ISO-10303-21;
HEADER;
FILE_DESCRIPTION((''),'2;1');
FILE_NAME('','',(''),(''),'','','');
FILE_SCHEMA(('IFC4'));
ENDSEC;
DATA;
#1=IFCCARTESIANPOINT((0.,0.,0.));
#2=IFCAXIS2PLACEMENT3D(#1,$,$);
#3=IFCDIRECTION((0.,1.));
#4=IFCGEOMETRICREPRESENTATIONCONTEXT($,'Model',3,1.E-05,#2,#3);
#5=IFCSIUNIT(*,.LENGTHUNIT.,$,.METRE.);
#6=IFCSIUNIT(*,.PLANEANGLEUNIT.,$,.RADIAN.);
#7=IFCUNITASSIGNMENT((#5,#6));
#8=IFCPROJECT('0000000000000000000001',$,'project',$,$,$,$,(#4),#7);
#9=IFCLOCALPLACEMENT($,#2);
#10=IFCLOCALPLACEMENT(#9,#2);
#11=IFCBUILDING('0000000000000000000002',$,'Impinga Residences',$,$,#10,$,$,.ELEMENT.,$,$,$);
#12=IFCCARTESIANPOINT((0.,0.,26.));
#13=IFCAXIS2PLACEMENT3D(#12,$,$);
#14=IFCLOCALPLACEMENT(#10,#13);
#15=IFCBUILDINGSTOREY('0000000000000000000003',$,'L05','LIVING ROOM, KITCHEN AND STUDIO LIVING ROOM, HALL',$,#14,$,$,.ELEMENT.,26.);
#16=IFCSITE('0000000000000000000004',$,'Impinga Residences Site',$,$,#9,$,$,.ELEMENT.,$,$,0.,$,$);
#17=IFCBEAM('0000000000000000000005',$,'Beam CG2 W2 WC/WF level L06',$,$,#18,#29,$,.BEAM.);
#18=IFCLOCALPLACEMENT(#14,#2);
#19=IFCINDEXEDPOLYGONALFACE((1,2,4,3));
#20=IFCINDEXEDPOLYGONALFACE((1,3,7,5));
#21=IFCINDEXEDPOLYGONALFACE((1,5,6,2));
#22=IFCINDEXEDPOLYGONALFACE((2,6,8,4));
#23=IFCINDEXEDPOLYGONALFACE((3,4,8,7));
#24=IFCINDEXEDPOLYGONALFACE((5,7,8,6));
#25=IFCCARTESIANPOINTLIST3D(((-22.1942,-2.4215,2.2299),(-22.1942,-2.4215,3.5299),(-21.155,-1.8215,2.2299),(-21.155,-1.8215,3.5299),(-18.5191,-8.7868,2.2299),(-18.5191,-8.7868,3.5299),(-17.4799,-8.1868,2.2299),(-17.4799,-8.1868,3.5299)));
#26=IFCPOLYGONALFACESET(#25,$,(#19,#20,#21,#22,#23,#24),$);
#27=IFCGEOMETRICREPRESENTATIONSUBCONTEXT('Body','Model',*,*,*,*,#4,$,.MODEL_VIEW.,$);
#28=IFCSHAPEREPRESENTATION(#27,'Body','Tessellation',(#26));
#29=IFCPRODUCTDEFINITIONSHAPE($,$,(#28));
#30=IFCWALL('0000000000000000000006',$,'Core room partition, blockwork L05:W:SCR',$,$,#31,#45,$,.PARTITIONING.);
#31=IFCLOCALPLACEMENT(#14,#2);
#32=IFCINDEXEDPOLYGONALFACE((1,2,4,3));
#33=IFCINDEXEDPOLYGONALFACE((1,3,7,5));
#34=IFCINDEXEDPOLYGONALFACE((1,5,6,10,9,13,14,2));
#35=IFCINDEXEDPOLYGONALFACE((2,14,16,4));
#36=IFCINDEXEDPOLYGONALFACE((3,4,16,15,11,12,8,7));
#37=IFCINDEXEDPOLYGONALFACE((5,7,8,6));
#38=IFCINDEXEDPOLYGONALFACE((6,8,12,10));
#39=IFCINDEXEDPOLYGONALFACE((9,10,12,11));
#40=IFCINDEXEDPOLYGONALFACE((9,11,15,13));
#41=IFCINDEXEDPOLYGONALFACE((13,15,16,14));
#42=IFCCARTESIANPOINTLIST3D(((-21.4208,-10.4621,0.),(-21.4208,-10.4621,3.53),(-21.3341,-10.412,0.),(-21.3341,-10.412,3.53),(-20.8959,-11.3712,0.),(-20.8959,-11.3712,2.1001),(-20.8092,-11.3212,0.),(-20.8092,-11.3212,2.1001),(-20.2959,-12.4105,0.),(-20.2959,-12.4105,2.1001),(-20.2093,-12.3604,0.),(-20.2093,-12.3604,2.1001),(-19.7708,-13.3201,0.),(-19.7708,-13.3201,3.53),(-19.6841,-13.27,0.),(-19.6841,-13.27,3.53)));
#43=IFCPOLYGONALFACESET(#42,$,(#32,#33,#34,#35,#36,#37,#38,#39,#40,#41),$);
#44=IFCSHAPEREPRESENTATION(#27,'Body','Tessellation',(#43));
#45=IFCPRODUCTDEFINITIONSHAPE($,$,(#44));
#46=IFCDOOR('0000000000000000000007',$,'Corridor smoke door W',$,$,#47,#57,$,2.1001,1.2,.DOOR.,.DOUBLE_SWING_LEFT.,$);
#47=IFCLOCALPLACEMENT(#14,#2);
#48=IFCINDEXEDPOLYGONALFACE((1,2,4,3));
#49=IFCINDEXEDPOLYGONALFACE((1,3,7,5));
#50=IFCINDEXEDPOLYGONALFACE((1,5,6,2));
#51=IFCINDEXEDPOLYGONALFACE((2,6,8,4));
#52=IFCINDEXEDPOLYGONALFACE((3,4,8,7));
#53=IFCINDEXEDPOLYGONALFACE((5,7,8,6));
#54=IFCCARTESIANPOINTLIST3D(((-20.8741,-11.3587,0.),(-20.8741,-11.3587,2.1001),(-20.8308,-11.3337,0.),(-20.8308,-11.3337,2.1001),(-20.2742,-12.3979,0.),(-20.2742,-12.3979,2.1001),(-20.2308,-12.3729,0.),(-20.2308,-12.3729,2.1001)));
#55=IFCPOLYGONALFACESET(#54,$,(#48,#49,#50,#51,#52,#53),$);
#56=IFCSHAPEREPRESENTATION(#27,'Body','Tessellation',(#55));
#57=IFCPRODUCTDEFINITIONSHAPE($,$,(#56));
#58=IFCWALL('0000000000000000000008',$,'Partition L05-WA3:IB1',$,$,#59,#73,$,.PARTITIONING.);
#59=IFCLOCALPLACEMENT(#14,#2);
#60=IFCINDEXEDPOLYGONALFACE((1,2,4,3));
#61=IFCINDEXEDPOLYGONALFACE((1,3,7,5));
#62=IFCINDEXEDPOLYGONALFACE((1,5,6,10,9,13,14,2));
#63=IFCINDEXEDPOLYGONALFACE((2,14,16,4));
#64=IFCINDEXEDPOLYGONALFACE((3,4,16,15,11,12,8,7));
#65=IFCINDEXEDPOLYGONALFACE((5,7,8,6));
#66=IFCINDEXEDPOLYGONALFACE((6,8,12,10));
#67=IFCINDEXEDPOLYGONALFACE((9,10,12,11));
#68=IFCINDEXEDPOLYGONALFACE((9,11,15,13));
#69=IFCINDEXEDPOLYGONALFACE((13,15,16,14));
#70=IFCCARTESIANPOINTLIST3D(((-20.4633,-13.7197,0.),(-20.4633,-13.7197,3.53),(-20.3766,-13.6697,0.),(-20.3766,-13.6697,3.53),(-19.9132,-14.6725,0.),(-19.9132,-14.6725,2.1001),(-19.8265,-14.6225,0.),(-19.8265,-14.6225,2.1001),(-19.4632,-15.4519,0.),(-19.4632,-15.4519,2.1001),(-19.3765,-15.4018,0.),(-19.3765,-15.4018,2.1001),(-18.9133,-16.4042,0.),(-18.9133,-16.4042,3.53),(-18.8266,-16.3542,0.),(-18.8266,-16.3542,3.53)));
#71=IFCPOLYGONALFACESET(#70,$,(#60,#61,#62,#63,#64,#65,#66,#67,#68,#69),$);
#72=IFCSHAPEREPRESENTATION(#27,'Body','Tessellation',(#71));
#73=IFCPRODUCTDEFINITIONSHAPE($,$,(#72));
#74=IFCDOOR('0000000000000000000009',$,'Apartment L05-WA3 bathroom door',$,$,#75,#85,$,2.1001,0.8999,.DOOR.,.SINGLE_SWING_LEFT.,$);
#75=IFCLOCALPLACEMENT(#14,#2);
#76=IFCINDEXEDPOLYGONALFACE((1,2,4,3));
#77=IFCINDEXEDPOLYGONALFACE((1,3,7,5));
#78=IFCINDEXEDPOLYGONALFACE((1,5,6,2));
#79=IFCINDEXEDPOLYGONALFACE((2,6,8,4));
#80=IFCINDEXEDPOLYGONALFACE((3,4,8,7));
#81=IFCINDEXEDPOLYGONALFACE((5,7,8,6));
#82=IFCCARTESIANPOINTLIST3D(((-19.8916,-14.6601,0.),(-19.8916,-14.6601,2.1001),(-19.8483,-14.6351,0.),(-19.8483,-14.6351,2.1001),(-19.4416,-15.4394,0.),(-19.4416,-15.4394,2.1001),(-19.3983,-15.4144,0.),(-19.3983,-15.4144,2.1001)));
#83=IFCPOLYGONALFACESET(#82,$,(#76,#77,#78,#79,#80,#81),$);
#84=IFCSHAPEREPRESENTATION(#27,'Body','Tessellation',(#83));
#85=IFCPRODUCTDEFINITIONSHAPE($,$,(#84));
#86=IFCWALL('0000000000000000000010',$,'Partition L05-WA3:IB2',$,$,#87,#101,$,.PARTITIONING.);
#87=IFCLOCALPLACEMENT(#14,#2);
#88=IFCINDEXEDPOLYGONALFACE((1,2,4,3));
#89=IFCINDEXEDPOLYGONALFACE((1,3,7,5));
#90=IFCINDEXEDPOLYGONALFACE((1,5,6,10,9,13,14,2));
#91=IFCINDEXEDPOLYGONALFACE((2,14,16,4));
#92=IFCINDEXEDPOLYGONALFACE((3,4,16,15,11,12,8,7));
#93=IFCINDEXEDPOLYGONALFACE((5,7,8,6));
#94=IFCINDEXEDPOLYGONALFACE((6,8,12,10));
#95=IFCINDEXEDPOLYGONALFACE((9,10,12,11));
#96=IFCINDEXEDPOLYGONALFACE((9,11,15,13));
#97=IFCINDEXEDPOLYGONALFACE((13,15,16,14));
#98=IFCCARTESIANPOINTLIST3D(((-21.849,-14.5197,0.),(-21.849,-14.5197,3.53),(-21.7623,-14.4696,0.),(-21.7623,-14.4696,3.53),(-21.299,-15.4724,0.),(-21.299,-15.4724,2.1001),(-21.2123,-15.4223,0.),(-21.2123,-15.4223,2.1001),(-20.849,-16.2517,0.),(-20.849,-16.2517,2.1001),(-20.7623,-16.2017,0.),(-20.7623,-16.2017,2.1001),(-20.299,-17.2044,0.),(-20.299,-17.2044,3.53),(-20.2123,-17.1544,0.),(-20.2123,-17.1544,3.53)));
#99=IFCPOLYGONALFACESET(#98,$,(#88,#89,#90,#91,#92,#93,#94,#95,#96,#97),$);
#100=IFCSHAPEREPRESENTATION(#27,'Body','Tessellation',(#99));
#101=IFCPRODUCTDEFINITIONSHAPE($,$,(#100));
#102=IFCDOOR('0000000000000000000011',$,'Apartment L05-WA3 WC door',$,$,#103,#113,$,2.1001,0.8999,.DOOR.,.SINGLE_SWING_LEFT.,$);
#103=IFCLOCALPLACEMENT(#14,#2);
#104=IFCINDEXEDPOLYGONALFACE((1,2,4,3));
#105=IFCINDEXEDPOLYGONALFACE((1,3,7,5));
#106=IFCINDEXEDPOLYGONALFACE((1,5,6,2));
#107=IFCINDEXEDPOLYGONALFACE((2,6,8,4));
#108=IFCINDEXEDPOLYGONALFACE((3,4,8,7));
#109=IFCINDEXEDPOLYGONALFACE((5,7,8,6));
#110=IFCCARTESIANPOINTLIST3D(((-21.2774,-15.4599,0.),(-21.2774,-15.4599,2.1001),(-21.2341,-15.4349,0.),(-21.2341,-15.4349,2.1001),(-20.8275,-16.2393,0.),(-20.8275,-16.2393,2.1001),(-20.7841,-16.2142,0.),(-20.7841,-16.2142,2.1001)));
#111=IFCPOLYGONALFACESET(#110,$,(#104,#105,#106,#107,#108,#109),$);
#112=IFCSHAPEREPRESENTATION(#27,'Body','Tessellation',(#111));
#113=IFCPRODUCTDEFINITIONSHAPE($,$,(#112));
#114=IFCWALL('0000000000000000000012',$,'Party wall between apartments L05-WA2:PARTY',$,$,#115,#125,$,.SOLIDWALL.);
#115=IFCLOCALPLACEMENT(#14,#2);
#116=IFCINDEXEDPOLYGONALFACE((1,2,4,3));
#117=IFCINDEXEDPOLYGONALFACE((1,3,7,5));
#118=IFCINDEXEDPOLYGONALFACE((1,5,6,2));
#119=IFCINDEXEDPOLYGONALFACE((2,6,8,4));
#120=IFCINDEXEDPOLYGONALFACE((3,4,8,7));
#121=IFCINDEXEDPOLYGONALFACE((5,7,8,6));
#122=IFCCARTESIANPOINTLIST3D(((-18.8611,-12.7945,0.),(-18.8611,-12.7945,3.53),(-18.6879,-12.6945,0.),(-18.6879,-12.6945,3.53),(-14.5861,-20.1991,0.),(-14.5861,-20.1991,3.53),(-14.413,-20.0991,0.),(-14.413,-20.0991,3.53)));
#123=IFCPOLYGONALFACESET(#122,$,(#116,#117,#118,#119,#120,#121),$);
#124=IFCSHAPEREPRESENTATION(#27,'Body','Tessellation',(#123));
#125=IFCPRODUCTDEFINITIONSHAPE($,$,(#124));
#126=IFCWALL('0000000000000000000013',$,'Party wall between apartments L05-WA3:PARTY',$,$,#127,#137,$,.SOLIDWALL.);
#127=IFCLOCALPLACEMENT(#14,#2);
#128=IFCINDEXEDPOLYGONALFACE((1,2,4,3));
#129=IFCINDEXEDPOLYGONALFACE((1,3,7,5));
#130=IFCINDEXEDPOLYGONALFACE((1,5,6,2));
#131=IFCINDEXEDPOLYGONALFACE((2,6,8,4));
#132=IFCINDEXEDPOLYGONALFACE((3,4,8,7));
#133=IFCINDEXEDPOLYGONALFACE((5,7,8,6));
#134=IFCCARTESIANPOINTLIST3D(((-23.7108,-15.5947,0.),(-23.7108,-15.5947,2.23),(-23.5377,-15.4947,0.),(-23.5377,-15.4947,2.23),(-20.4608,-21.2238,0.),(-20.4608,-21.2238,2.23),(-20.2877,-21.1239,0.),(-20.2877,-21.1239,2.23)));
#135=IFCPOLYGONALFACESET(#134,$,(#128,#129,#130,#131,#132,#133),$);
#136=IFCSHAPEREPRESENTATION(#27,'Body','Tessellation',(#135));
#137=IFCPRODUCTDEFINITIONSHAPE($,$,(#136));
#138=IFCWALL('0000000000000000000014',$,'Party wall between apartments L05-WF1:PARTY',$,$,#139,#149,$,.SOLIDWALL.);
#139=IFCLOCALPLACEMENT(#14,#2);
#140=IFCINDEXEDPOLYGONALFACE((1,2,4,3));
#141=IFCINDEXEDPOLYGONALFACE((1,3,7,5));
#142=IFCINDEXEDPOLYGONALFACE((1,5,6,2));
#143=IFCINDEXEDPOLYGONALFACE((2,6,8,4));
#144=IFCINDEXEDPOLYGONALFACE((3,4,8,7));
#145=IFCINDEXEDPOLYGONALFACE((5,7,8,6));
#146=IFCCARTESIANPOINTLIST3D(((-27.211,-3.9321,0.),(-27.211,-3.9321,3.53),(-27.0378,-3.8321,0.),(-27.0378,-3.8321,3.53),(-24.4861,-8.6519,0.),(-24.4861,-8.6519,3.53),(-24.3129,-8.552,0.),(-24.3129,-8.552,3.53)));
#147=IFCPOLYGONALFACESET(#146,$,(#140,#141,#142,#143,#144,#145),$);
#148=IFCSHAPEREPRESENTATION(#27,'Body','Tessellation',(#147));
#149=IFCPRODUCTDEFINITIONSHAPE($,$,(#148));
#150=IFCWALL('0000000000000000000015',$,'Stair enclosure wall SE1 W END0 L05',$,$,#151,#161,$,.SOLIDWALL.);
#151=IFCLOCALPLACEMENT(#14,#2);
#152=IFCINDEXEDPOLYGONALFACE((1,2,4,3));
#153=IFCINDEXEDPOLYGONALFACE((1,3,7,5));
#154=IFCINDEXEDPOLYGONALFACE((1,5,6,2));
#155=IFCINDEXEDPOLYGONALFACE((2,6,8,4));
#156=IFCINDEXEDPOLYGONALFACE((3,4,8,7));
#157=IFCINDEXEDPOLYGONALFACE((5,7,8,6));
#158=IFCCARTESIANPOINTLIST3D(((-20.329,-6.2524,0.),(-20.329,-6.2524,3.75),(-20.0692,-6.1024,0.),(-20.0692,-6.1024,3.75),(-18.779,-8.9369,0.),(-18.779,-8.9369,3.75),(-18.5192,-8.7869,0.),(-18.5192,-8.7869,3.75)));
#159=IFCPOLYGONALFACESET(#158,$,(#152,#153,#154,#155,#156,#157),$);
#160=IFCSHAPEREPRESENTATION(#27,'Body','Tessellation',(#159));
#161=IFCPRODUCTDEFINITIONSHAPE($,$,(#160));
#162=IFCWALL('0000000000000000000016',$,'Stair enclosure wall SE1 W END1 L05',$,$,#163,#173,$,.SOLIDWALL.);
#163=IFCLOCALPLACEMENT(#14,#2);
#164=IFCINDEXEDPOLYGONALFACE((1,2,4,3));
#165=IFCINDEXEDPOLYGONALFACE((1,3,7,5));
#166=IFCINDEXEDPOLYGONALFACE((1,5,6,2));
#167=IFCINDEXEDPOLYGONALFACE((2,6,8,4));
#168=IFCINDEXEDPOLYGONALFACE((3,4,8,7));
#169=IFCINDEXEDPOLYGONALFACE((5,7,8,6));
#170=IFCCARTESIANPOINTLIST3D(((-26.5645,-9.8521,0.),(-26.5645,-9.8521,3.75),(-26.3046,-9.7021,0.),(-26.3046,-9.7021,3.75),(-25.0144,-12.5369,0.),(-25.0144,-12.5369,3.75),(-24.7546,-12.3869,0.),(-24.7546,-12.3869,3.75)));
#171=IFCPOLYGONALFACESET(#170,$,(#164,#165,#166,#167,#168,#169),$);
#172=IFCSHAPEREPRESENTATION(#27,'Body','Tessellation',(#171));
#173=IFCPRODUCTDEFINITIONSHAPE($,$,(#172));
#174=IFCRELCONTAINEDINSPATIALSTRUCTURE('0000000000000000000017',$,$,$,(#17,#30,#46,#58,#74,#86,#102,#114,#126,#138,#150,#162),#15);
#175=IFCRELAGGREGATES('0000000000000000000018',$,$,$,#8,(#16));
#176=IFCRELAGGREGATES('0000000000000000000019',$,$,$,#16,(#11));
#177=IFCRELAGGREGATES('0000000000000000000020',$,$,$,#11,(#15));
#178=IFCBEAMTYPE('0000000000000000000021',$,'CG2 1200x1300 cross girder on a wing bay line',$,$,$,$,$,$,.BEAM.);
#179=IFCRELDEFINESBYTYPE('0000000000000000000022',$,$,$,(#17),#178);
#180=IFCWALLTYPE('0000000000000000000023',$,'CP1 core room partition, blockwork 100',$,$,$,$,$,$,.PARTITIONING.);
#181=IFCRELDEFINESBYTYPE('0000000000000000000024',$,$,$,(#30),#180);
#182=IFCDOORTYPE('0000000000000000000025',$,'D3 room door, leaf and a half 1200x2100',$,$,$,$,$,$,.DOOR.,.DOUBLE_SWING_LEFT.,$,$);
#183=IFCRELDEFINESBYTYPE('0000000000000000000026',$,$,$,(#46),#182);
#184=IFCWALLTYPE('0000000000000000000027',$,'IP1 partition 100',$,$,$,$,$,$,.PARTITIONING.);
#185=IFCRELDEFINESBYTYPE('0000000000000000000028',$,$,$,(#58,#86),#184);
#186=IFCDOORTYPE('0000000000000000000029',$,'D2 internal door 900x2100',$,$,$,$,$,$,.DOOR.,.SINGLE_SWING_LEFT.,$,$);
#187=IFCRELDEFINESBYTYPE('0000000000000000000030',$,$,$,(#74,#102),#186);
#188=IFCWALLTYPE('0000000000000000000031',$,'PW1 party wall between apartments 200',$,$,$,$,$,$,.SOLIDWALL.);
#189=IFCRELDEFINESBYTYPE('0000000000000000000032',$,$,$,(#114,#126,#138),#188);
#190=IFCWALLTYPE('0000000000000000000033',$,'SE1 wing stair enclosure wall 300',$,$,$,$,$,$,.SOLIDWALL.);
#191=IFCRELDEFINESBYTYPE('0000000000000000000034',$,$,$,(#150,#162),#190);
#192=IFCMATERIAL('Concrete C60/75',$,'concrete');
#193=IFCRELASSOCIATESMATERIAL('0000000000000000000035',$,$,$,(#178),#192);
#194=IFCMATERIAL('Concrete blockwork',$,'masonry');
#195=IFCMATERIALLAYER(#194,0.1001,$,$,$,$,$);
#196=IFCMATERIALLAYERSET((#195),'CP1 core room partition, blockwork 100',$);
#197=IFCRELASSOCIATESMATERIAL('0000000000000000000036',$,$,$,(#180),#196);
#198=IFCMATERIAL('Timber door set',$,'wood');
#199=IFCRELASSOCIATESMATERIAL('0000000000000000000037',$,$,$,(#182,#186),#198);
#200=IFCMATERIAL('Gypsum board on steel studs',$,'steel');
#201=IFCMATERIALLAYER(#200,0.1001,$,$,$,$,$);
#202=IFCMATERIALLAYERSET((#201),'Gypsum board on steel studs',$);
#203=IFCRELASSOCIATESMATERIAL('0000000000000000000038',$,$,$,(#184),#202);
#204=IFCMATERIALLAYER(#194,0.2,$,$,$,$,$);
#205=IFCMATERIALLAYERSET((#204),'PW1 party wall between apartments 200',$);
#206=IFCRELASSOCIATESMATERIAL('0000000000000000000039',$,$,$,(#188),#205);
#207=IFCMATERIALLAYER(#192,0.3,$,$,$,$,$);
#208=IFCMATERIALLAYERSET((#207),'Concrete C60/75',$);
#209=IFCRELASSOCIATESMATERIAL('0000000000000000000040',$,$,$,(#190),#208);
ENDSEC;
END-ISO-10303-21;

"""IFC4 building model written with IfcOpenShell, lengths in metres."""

from ifc_helpers import new_model, si_unit, direction, frame, frame_2d, origin, origin_2d, place, context, subcontext, project, spatial, rectangle, extrude, material, layer, layer_set, material_profile, profile_set, type_object, element, fill, save


model = new_model("IFC4")

# Units and contexts
model_context = context("Model", 3, precision=1e-05, world=origin(), true_north=direction((0.0, 1.0)))
body_context = subcontext(model_context, "Body", "Model", "MODEL_VIEW")
ifc_project = project(units=[si_unit("LENGTHUNIT", "METRE"), si_unit("PLANEANGLEUNIT", "RADIAN")], contexts=[model_context])

# Site, building, storey
site_placement = place(None, origin())
site = spatial("IfcSite", under=ifc_project, at=site_placement, Name="Impinga Residences Site", CompositionType="ELEMENT", RefElevation=0.0)
building_placement = place(site_placement, origin())
building = spatial("IfcBuilding", under=site, at=building_placement, Name="Impinga Residences", CompositionType="ELEMENT")
storey_placement = place(building_placement, frame((0.0, 0.0, 26.0)))
storey = spatial("IfcBuildingStorey", under=building, at=storey_placement, Name="L05", Description="LIVING ROOM, KITCHEN AND STUDIO LIVING ROOM, HALL", CompositionType="ELEMENT", Elevation=26.0)

# Beam
ifc_material_1 = material(Name="Concrete C60/75", Category="concrete")
ifc_material_profile = material_profile(ifc_material_1, rectangle(XDim=1.2, YDim=1.3, at=origin_2d()), Name="RC 1200x1300")
ifc_profile_set = profile_set([ifc_material_profile], Name="Concrete C60/75")
beam_type = type_object("IfcBeamType", Name="CG2 1200x1300 cross girder on a wing bay line", PredefinedType="BEAM", material=ifc_profile_set)
beam_placement = place(storey_placement, frame((-17.9995, -8.4868, 2.8799), z_axis=(-0.500008, 0.866021, 0.0), x_axis=(-0.866021, -0.500008, 0.0)))
element("IfcBeam", 1, at=beam_placement, inside=storey, type_object=beam_type, Name="Beam CG2 W2 WC/WF level L06", PredefinedType="BEAM", context=body_context, shape_type="SweptSolid", body=[
    extrude(rectangle(XDim=1.2, YDim=1.3, at=origin_2d()), origin(), (0.0, 0.0, 1.0), 7.3501),
])

# Walls, openings, doors
ifc_material_2 = material(Name="Concrete blockwork", Category="masonry")
ifc_layer_1 = layer(ifc_material_2, 0.1001)
ifc_layer_set_1 = layer_set([ifc_layer_1], Name="CP1 core room partition, blockwork 100")
wall_type_1 = type_object("IfcWallType", Name="CP1 core room partition, blockwork 100", PredefinedType="PARTITIONING", material=ifc_layer_set_1)
wall_1_placement = place(storey_placement, frame((-19.7275, -13.2949, 0.0), z_axis=(0.0, 0.0, 1.0), x_axis=(-0.499974, 0.86604, 0.0)))
wall_1 = element("IfcWall", 2, at=wall_1_placement, inside=storey, type_object=wall_type_1, Name="Core room partition, blockwork L05:W:SCR", PredefinedType="PARTITIONING", context=body_context, shape_type="SweptSolid", body=[
    extrude(rectangle(XDim=3.3, YDim=0.1001, at=frame_2d((1.6499, 0.0))), origin(), (0.0, 0.0, 1.0), 3.53),
])
opening_1_placement = place(wall_1_placement, frame((1.05, 0.0, 0.0)))
opening_1 = element("IfcOpeningElement", 3, at=opening_1_placement, cuts=wall_1, PredefinedType="OPENING", context=body_context, shape_type="SweptSolid", body=[
    extrude(rectangle(XDim=1.2, YDim=2.1001, at=frame_2d((0.6001, 1.05))), frame((0.0, 0.0601, 0.0), z_axis=(0.0, -1.0, 0.0), x_axis=(1.0, 0.0, 0.0)), (0.0, 0.0, 1.0), 0.1201),
])
ifc_material_3 = material(Name="Timber door set", Category="wood")
door_type_1 = type_object("IfcDoorType", Name="D3 room door, leaf and a half 1200x2100", OperationType="DOUBLE_SWING_LEFT", PredefinedType="DOOR", material=ifc_material_3)
door_1_placement = place(opening_1_placement, origin())
door_1 = element("IfcDoor", 4, at=door_1_placement, inside=storey, type_object=door_type_1, Name="Corridor smoke door W", OperationType="DOUBLE_SWING_LEFT", OverallHeight=2.1001, OverallWidth=1.2, PredefinedType="DOOR", context=body_context, shape_type="SweptSolid", body=[
    extrude(rectangle(XDim=1.2, YDim=2.1001, at=frame_2d((0.6001, 1.05))), frame((0.0, 0.0249, 0.0), z_axis=(0.0, -1.0, 0.0), x_axis=(1.0, 0.0, 0.0)), (0.0, 0.0, 1.0), 0.05),
])
fill(opening_1, door_1)
ifc_material_4 = material(Name="Gypsum board on steel studs", Category="steel")
ifc_layer_2 = layer(ifc_material_4, 0.1001)
ifc_layer_set_2 = layer_set([ifc_layer_2], Name="Gypsum board on steel studs")
wall_type_2 = type_object("IfcWallType", Name="IP1 partition 100", PredefinedType="PARTITIONING", material=ifc_layer_set_2)
wall_2_placement = place(storey_placement, frame((-20.4199, -13.6948, 0.0), z_axis=(0.0, 0.0, 1.0), x_axis=(0.500027, -0.86601, 0.0)))
wall_2 = element("IfcWall", 5, at=wall_2_placement, inside=storey, type_object=wall_type_2, Name="Partition L05-WA3:IB1", PredefinedType="PARTITIONING", context=body_context, shape_type="SweptSolid", body=[
    extrude(rectangle(XDim=3.0999, YDim=0.1001, at=frame_2d((1.5498, 0.0))), origin(), (0.0, 0.0, 1.0), 3.53),
])
opening_2_placement = place(wall_2_placement, frame((1.1001, 0.0, 0.0)))
opening_2 = element("IfcOpeningElement", 6, at=opening_2_placement, cuts=wall_2, PredefinedType="OPENING", context=body_context, shape_type="SweptSolid", body=[
    extrude(rectangle(XDim=0.8999, YDim=2.1001, at=frame_2d((0.45, 1.05))), frame((0.0, 0.0601, 0.0), z_axis=(0.0, -1.0, 0.0), x_axis=(1.0, 0.0, 0.0)), (0.0, 0.0, 1.0), 0.1201),
])
door_type_2 = type_object("IfcDoorType", Name="D2 internal door 900x2100", OperationType="SINGLE_SWING_LEFT", PredefinedType="DOOR", material=ifc_material_3)
door_2_placement = place(opening_2_placement, origin())
door_2 = element("IfcDoor", 7, at=door_2_placement, inside=storey, type_object=door_type_2, Name="Apartment L05-WA3 bathroom door", OperationType="SINGLE_SWING_LEFT", OverallHeight=2.1001, OverallWidth=0.8999, PredefinedType="DOOR", context=body_context, shape_type="SweptSolid", body=[
    extrude(rectangle(XDim=0.8999, YDim=2.1001, at=frame_2d((0.45, 1.05))), frame((0.0, 0.0249, 0.0), z_axis=(0.0, -1.0, 0.0), x_axis=(1.0, 0.0, 0.0)), (0.0, 0.0, 1.0), 0.05),
])
fill(opening_2, door_2)
wall_3_placement = place(storey_placement, frame((-21.8057, -14.4946, 0.0), z_axis=(0.0, 0.0, 1.0), x_axis=(0.499993, -0.86603, 0.0)))
wall_3 = element("IfcWall", 8, at=wall_3_placement, inside=storey, type_object=wall_type_2, Name="Partition L05-WA3:IB2", PredefinedType="PARTITIONING", context=body_context, shape_type="SweptSolid", body=[
    extrude(rectangle(XDim=3.1001, YDim=0.1001, at=frame_2d((1.55, 0.0))), origin(), (0.0, 0.0, 1.0), 3.53),
])
opening_3_placement = place(wall_3_placement, frame((1.1001, 0.0, 0.0)))
opening_3 = element("IfcOpeningElement", 9, at=opening_3_placement, cuts=wall_3, PredefinedType="OPENING", context=body_context, shape_type="SweptSolid", body=[
    extrude(rectangle(XDim=0.8999, YDim=2.1001, at=frame_2d((0.45, 1.05))), frame((0.0, 0.0601, 0.0), z_axis=(0.0, -1.0, 0.0), x_axis=(1.0, 0.0, 0.0)), (0.0, 0.0, 1.0), 0.1201),
])
door_3_placement = place(opening_3_placement, origin())
door_3 = element("IfcDoor", 10, at=door_3_placement, inside=storey, type_object=door_type_2, Name="Apartment L05-WA3 WC door", OperationType="SINGLE_SWING_LEFT", OverallHeight=2.1001, OverallWidth=0.8999, PredefinedType="DOOR", context=body_context, shape_type="SweptSolid", body=[
    extrude(rectangle(XDim=0.8999, YDim=2.1001, at=frame_2d((0.45, 1.05))), frame((0.0, 0.0249, 0.0), z_axis=(0.0, -1.0, 0.0), x_axis=(1.0, 0.0, 0.0)), (0.0, 0.0, 1.0), 0.05),
])
fill(opening_3, door_3)

# Walls
ifc_layer_3 = layer(ifc_material_2, 0.2)
ifc_layer_set_3 = layer_set([ifc_layer_3], Name="PW1 party wall between apartments 200")
wall_type_3 = type_object("IfcWallType", Name="PW1 party wall between apartments 200", PredefinedType="SOLIDWALL", material=ifc_layer_set_3)
wall_4_placement = place(storey_placement, frame((-18.7744, -12.7446, 0.0), z_axis=(0.0, 0.0, 1.0), x_axis=(0.49999, -0.866031, 0.0)))
element("IfcWall", 11, at=wall_4_placement, inside=storey, type_object=wall_type_3, Name="Party wall between apartments L05-WA2:PARTY", PredefinedType="SOLIDWALL", context=body_context, shape_type="SweptSolid", body=[
    extrude(rectangle(XDim=8.55, YDim=0.2, at=frame_2d((4.2749, 0.0))), origin(), (0.0, 0.0, 1.0), 3.53),
])
wall_5_placement = place(storey_placement, frame((-23.6243, -15.5447, 0.0), z_axis=(0.0, 0.0, 1.0), x_axis=(0.500001, -0.866025, 0.0)))
element("IfcWall", 12, at=wall_5_placement, inside=storey, type_object=wall_type_3, Name="Party wall between apartments L05-WA3:PARTY", PredefinedType="SOLIDWALL", context=body_context, shape_type="SweptSolid", body=[
    extrude(rectangle(XDim=6.5, YDim=0.2, at=frame_2d((3.25, 0.0))), origin(), (0.0, 0.0, 1.0), 2.23),
])
wall_6_placement = place(storey_placement, frame((-24.3994, -8.6021, 0.0), z_axis=(0.0, 0.0, 1.0), x_axis=(-0.499989, 0.866032, 0.0)))
element("IfcWall", 13, at=wall_6_placement, inside=storey, type_object=wall_type_3, Name="Party wall between apartments L05-WF1:PARTY", PredefinedType="SOLIDWALL", context=body_context, shape_type="SweptSolid", body=[
    extrude(rectangle(XDim=5.45, YDim=0.2, at=frame_2d((2.7251, 0.0))), origin(), (0.0, 0.0, 1.0), 3.53),
])
ifc_layer_4 = layer(ifc_material_1, 0.3)
ifc_layer_set_4 = layer_set([ifc_layer_4], Name="Concrete C60/75")
wall_type_4 = type_object("IfcWallType", Name="SE1 wing stair enclosure wall 300", PredefinedType="SOLIDWALL", material=ifc_layer_set_4)
wall_7_placement = place(storey_placement, frame((-18.6492, -8.8618, 0.0), z_axis=(0.0, 0.0, 1.0), x_axis=(-0.500027, 0.86601, 0.0)))
element("IfcWall", 14, at=wall_7_placement, inside=storey, type_object=wall_type_4, Name="Stair enclosure wall SE1 W END0 L05", PredefinedType="SOLIDWALL", context=body_context, shape_type="SweptSolid", body=[
    extrude(rectangle(XDim=3.0999, YDim=0.3, at=frame_2d((1.5498, 0.0))), origin(), (0.0, 0.0, 1.0), 3.75),
])
wall_8_placement = place(storey_placement, frame((-24.8845, -12.4619, 0.0), z_axis=(0.0, 0.0, 1.0), x_axis=(-0.499993, 0.86603, 0.0)))
element("IfcWall", 15, at=wall_8_placement, inside=storey, type_object=wall_type_4, Name="Stair enclosure wall SE1 W END1 L05", PredefinedType="SOLIDWALL", context=body_context, shape_type="SweptSolid", body=[
    extrude(rectangle(XDim=3.1001, YDim=0.3, at=frame_2d((1.55, 0.0))), origin(), (0.0, 0.0, 1.0), 3.75),
])

save(model, "model.ifc")
